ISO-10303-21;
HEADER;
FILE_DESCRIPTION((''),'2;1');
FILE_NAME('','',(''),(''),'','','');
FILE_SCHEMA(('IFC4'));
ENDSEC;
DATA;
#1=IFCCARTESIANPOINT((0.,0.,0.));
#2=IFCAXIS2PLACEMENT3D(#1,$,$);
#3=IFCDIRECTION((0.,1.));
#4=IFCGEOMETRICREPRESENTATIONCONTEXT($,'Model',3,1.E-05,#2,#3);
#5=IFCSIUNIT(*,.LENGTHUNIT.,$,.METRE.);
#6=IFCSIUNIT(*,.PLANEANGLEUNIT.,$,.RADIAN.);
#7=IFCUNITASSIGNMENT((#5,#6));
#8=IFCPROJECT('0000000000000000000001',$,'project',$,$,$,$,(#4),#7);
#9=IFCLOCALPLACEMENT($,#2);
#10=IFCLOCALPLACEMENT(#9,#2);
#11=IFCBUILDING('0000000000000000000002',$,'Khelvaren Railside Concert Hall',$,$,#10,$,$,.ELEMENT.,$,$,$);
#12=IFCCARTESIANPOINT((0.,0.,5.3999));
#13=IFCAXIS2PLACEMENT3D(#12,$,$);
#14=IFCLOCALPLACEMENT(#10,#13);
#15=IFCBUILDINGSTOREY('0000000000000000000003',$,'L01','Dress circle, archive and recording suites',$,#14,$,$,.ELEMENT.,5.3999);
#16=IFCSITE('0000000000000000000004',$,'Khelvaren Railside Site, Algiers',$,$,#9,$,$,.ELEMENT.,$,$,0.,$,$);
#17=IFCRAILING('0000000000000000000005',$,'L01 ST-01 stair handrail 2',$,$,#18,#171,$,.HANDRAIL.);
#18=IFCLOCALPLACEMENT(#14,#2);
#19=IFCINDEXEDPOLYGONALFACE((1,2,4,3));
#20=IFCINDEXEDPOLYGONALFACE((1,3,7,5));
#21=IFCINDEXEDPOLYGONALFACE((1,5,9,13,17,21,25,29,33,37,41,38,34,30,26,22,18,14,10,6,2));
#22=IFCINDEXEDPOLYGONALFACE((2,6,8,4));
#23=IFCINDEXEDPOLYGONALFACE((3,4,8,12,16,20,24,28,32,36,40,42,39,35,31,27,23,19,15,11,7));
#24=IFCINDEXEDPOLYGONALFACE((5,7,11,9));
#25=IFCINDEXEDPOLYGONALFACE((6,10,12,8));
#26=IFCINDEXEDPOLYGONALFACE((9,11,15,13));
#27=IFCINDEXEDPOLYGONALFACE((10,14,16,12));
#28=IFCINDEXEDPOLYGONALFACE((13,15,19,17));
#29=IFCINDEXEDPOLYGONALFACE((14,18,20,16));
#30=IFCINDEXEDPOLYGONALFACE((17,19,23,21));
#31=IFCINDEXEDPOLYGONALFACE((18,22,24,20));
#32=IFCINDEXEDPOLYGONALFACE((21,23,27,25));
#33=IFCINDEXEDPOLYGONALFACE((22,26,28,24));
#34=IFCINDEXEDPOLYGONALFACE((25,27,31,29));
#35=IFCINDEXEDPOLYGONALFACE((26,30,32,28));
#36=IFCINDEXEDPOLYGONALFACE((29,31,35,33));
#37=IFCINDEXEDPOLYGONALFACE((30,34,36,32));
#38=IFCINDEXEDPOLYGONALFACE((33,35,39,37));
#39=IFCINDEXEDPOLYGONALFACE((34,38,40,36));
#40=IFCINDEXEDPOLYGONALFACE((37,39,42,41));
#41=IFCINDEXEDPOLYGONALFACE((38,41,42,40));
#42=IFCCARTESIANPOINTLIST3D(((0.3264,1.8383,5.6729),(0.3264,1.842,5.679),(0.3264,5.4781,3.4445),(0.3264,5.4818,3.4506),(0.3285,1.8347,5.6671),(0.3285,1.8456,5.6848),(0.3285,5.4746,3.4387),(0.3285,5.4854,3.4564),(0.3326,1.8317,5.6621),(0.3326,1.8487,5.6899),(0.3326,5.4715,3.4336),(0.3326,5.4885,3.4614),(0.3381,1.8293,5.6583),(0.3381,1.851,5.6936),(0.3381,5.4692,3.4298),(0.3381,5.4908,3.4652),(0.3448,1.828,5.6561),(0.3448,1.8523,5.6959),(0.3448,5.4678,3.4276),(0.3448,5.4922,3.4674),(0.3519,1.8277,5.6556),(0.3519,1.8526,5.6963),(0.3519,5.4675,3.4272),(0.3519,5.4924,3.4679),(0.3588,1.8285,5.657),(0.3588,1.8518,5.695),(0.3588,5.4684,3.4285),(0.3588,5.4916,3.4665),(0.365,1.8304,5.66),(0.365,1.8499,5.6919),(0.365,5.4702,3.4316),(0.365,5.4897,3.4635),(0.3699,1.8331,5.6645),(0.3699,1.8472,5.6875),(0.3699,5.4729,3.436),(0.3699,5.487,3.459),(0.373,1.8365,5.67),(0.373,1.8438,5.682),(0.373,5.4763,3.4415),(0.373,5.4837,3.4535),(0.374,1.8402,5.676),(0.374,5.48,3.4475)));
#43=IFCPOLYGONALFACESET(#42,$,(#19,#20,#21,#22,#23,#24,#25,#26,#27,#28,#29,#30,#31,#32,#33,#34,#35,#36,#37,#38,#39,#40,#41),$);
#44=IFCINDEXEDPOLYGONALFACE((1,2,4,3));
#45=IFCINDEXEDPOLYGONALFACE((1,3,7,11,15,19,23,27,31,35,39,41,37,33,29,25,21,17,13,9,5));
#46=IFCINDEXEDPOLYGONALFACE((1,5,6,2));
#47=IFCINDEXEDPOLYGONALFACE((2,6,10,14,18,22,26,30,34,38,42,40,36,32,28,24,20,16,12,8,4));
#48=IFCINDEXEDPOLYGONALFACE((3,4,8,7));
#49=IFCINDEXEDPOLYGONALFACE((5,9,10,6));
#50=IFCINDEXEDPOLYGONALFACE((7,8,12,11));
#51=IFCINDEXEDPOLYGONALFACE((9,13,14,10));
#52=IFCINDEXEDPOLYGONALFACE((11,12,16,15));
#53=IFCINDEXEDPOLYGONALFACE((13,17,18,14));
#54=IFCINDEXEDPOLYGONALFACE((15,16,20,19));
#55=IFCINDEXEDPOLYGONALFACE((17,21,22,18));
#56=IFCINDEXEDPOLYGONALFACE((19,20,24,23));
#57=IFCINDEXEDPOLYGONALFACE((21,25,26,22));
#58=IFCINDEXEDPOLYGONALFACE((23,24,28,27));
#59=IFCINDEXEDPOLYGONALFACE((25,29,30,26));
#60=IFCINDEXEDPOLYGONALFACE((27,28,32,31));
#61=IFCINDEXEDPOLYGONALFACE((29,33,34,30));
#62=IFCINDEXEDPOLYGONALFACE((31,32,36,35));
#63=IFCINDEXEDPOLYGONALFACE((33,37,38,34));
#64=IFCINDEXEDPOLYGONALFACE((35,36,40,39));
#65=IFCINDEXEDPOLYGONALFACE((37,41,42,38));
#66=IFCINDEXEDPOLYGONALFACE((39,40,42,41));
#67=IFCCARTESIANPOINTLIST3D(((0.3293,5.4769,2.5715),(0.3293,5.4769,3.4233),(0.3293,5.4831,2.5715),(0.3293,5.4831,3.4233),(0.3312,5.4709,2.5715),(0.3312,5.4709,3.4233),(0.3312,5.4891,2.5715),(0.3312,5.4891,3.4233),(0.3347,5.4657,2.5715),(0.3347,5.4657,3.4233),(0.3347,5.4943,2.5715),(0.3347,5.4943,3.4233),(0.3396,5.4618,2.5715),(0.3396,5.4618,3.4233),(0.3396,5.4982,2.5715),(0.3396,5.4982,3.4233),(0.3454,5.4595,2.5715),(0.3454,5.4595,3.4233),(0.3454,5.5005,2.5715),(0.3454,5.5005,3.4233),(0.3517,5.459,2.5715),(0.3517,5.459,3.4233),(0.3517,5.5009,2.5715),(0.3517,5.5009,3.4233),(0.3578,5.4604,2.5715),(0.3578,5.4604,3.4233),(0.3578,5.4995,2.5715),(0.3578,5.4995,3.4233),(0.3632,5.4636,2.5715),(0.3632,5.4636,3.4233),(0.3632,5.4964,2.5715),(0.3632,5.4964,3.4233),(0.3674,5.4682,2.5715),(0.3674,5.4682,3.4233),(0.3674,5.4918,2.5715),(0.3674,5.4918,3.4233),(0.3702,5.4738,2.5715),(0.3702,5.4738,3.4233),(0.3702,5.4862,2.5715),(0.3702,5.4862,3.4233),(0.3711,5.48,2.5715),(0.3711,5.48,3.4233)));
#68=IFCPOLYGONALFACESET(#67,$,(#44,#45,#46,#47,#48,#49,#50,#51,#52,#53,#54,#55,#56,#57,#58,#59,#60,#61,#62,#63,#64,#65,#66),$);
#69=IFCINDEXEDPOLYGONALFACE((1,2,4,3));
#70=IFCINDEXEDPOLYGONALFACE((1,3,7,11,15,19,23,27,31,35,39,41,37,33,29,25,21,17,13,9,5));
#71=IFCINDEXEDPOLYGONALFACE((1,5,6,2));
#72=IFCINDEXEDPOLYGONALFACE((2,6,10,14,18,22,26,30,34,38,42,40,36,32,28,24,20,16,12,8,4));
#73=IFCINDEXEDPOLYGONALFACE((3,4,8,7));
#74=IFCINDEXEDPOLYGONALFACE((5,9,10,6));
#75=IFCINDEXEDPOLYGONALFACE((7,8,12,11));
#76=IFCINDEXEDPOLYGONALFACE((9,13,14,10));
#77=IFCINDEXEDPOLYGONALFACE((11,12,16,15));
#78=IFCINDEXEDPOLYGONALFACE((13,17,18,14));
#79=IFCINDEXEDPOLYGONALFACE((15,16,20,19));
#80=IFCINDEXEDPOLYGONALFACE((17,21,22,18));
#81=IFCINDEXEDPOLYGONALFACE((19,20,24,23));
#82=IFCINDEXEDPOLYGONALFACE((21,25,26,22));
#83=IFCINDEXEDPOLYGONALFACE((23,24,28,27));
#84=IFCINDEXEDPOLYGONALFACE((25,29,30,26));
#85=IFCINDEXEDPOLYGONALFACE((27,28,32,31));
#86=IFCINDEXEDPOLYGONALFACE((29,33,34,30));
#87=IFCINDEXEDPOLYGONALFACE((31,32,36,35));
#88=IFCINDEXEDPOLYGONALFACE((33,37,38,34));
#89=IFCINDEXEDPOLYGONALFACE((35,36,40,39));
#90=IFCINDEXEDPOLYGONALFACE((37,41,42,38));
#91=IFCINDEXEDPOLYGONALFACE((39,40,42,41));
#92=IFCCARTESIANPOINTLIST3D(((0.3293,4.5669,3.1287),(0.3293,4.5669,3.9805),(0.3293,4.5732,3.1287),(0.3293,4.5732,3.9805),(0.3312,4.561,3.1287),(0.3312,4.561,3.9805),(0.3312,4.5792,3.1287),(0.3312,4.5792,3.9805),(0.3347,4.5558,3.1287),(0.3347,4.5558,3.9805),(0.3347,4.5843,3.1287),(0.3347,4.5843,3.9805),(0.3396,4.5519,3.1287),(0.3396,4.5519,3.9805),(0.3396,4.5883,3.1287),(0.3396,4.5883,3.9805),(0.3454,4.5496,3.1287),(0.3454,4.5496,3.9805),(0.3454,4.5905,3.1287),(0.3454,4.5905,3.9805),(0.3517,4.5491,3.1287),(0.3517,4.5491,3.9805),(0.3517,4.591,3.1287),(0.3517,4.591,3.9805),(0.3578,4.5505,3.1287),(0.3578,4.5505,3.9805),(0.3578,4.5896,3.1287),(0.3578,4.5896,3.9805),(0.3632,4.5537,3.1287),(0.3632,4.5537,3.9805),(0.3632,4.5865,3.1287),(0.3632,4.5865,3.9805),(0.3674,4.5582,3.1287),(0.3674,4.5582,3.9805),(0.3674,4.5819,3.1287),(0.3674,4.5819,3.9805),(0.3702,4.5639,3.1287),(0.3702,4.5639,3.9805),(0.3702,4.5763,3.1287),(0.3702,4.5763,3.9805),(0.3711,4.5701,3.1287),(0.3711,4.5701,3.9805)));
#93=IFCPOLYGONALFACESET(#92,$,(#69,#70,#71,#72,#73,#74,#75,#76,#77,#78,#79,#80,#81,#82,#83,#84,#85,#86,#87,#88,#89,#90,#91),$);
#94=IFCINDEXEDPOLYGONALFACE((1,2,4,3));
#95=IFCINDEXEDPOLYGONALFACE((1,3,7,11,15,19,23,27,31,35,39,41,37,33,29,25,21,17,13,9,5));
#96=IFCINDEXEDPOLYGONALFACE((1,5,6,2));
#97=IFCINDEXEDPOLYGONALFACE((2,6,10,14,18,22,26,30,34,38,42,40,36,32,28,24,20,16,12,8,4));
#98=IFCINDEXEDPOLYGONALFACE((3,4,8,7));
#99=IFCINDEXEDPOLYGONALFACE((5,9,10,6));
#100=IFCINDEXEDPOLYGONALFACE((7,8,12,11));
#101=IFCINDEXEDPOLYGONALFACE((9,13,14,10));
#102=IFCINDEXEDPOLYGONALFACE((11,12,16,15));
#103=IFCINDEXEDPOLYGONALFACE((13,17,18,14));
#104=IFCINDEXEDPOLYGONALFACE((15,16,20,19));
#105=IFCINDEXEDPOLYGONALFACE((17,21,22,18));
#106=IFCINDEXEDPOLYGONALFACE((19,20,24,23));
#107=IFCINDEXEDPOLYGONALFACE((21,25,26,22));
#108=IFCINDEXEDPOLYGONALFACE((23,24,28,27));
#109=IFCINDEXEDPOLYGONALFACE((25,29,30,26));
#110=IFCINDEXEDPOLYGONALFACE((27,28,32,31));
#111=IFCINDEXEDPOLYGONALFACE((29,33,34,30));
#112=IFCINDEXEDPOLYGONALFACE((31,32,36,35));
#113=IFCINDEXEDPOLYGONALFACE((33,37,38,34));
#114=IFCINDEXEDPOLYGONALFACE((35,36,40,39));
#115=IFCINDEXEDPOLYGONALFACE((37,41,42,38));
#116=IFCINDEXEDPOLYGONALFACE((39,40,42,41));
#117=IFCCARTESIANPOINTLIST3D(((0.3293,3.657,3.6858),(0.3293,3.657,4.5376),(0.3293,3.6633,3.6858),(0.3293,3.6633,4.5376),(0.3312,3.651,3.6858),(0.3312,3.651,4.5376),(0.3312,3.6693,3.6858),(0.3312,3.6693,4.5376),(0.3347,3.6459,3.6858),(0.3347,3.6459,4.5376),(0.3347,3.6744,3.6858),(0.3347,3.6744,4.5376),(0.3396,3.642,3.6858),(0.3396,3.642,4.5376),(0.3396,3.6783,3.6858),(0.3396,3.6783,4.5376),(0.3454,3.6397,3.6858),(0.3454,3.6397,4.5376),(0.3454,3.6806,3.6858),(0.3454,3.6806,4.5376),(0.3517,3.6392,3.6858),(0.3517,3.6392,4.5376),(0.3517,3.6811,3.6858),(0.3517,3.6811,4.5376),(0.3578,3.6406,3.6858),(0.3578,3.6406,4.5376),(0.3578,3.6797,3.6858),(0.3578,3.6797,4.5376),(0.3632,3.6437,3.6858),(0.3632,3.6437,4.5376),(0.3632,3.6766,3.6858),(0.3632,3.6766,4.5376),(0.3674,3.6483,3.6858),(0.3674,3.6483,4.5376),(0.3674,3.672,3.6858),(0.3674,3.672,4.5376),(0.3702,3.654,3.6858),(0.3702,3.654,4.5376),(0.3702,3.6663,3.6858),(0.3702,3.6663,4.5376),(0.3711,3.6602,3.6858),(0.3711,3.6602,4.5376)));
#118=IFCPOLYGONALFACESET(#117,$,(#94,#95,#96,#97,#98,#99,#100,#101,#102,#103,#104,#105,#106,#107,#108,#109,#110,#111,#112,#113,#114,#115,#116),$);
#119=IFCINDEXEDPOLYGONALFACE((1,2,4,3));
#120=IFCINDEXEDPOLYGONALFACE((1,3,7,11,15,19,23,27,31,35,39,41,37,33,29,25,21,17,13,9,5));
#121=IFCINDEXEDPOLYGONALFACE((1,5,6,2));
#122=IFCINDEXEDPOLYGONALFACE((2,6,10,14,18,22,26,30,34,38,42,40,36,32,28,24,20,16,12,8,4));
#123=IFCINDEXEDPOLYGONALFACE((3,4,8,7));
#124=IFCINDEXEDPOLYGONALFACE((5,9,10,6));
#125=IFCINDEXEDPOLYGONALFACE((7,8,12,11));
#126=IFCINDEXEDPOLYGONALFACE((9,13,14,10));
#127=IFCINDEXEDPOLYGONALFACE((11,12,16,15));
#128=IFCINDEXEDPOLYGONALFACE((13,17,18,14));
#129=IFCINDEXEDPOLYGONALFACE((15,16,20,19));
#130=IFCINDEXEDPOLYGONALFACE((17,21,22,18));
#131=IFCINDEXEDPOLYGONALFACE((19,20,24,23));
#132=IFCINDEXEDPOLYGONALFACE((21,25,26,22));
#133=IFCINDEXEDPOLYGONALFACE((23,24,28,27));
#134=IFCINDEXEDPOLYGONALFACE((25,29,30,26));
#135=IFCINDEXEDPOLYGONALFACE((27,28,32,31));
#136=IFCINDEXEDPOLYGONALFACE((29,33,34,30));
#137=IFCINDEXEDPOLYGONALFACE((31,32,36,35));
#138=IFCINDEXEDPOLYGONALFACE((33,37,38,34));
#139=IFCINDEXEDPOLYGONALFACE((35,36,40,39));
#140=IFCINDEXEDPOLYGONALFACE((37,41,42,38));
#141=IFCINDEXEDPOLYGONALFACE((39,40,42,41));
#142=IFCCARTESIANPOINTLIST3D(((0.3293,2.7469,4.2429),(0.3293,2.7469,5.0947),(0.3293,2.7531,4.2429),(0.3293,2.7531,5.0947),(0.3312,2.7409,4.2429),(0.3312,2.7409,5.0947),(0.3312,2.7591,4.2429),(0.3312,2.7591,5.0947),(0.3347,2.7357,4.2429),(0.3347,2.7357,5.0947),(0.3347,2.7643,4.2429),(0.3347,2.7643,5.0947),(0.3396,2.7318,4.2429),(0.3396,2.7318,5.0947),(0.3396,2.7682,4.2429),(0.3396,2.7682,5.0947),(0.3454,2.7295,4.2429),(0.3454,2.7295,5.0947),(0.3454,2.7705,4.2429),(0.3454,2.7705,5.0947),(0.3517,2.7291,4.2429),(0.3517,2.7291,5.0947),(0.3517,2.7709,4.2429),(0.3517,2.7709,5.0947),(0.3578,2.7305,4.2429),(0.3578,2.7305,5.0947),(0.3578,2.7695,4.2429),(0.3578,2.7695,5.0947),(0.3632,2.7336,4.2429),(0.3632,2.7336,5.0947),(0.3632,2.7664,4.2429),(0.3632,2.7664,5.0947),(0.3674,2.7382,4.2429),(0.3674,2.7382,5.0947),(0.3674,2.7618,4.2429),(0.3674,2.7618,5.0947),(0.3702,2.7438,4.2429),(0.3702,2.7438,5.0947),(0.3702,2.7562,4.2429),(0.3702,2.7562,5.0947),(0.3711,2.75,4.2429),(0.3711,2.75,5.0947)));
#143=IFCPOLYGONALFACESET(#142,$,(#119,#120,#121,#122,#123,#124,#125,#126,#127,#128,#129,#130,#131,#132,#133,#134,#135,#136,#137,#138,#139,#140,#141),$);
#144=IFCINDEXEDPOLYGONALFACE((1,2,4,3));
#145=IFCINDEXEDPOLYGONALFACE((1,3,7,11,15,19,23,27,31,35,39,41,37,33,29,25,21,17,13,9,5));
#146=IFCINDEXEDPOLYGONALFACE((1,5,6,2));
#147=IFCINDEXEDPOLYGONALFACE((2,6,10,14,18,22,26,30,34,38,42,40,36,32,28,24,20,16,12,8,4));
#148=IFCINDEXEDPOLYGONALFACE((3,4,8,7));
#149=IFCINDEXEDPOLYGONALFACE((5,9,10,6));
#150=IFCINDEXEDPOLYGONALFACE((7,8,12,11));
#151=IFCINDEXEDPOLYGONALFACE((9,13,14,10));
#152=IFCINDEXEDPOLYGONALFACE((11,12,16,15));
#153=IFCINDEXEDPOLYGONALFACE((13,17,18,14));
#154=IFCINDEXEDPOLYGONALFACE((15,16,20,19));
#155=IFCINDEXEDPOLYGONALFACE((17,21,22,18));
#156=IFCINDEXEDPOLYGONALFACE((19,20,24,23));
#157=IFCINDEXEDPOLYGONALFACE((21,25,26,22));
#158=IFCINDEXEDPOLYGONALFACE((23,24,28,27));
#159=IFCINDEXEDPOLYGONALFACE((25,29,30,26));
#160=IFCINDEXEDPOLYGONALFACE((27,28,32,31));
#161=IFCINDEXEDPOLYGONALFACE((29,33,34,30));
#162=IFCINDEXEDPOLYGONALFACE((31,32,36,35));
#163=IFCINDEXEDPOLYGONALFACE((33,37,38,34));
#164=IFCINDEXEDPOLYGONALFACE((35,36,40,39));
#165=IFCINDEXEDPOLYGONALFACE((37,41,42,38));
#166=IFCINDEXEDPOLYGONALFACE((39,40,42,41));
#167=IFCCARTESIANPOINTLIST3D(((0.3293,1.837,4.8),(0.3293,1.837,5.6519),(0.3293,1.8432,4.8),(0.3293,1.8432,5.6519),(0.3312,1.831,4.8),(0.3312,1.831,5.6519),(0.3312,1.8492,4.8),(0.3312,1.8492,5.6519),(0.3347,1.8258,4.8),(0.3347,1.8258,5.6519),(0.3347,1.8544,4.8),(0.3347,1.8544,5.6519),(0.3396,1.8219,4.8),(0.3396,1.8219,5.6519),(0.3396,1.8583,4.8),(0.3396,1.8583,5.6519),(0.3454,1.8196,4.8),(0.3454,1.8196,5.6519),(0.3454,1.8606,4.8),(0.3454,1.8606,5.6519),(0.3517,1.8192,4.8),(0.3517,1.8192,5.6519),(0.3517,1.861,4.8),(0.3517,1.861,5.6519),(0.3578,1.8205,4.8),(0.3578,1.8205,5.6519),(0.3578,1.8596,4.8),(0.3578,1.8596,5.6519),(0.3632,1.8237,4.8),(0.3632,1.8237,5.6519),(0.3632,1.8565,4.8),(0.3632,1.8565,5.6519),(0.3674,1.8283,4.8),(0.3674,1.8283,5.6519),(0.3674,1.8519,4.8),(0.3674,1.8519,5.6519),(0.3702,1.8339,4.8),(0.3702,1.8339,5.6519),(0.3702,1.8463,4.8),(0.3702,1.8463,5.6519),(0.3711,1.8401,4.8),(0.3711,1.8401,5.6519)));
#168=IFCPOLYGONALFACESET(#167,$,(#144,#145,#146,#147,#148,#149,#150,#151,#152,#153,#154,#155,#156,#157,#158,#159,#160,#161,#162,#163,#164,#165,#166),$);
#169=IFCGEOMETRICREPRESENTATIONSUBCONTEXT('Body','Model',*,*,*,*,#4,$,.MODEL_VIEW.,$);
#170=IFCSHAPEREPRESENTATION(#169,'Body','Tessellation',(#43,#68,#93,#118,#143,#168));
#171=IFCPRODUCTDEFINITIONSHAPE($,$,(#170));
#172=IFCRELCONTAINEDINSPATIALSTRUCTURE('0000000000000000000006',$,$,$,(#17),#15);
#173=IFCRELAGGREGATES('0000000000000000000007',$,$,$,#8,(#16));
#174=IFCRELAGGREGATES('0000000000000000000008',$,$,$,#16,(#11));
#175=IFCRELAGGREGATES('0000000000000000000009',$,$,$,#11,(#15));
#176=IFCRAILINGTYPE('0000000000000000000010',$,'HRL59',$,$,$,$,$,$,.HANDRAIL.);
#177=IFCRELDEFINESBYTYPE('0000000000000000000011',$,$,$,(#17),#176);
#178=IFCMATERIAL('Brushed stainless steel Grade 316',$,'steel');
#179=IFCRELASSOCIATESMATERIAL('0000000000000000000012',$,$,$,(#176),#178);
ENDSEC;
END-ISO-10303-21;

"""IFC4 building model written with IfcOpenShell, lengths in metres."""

from ifc_helpers import new_model, si_unit, direction, frame, origin, origin_2d, place, context, subcontext, project, spatial, circle, extrude, material, type_object, element, save


model = new_model("IFC4")

# Units and contexts
model_context = context("Model", 3, precision=1e-05, world=origin(), true_north=direction((0.0, 1.0)))
body_context = subcontext(model_context, "Body", "Model", "MODEL_VIEW")
ifc_project = project(units=[si_unit("LENGTHUNIT", "METRE"), si_unit("PLANEANGLEUNIT", "RADIAN")], contexts=[model_context])

# Site, building, storey
site_placement = place(None, origin())
site = spatial("IfcSite", under=ifc_project, at=site_placement, Name="Khelvaren Railside Site, Algiers", CompositionType="ELEMENT", RefElevation=0.0)
building_placement = place(site_placement, origin())
building = spatial("IfcBuilding", under=site, at=building_placement, Name="Khelvaren Railside Concert Hall", CompositionType="ELEMENT")
storey_placement = place(building_placement, frame((0.0, 0.0, 5.3999)))
storey = spatial("IfcBuildingStorey", under=building, at=storey_placement, Name="L01", Description="Dress circle, archive and recording suites", CompositionType="ELEMENT", Elevation=5.3999)

# Railing
ifc_material_1 = material(Name="Brushed stainless steel Grade 316", Category="steel")
railing_type_1 = type_object("IfcRailingType", Name="HRL59", PredefinedType="HANDRAIL", material=ifc_material_1)
railing_1_placement = place(storey_placement, frame((0.3501, 5.48, 2.5715)))
element("IfcRailing", 1, at=railing_1_placement, inside=storey, type_object=railing_type_1, Name="L01 ST-01 stair handrail 2", PredefinedType="HANDRAIL", context=body_context, shape_type="SweptSolid", body=[
    extrude(circle(Radius=0.0239, at=origin_2d()), frame((0.0, 0.0, 0.876), z_axis=(0.0, -0.85285, 0.522156), x_axis=(1.0, 0.0, 0.0)), (0.0, 0.0, 1.0), 4.2678),
    extrude(circle(Radius=0.021, at=origin_2d()), origin(), (0.0, 0.0, 1.0), 0.8518),
    extrude(circle(Radius=0.021, at=origin_2d()), frame((0.0, -0.9099, 0.5571)), (0.0, 0.0, 1.0), 0.8518),
    extrude(circle(Radius=0.021, at=origin_2d()), frame((0.0, -1.8198, 1.1143)), (0.0, 0.0, 1.0), 0.8518),
    extrude(circle(Radius=0.021, at=origin_2d()), frame((0.0, -2.73, 1.6714)), (0.0, 0.0, 1.0), 0.8518),
    extrude(circle(Radius=0.021, at=origin_2d()), frame((0.0, -3.6399, 2.2285)), (0.0, 0.0, 1.0), 0.8518),
])

save(model, "model.ifc")
